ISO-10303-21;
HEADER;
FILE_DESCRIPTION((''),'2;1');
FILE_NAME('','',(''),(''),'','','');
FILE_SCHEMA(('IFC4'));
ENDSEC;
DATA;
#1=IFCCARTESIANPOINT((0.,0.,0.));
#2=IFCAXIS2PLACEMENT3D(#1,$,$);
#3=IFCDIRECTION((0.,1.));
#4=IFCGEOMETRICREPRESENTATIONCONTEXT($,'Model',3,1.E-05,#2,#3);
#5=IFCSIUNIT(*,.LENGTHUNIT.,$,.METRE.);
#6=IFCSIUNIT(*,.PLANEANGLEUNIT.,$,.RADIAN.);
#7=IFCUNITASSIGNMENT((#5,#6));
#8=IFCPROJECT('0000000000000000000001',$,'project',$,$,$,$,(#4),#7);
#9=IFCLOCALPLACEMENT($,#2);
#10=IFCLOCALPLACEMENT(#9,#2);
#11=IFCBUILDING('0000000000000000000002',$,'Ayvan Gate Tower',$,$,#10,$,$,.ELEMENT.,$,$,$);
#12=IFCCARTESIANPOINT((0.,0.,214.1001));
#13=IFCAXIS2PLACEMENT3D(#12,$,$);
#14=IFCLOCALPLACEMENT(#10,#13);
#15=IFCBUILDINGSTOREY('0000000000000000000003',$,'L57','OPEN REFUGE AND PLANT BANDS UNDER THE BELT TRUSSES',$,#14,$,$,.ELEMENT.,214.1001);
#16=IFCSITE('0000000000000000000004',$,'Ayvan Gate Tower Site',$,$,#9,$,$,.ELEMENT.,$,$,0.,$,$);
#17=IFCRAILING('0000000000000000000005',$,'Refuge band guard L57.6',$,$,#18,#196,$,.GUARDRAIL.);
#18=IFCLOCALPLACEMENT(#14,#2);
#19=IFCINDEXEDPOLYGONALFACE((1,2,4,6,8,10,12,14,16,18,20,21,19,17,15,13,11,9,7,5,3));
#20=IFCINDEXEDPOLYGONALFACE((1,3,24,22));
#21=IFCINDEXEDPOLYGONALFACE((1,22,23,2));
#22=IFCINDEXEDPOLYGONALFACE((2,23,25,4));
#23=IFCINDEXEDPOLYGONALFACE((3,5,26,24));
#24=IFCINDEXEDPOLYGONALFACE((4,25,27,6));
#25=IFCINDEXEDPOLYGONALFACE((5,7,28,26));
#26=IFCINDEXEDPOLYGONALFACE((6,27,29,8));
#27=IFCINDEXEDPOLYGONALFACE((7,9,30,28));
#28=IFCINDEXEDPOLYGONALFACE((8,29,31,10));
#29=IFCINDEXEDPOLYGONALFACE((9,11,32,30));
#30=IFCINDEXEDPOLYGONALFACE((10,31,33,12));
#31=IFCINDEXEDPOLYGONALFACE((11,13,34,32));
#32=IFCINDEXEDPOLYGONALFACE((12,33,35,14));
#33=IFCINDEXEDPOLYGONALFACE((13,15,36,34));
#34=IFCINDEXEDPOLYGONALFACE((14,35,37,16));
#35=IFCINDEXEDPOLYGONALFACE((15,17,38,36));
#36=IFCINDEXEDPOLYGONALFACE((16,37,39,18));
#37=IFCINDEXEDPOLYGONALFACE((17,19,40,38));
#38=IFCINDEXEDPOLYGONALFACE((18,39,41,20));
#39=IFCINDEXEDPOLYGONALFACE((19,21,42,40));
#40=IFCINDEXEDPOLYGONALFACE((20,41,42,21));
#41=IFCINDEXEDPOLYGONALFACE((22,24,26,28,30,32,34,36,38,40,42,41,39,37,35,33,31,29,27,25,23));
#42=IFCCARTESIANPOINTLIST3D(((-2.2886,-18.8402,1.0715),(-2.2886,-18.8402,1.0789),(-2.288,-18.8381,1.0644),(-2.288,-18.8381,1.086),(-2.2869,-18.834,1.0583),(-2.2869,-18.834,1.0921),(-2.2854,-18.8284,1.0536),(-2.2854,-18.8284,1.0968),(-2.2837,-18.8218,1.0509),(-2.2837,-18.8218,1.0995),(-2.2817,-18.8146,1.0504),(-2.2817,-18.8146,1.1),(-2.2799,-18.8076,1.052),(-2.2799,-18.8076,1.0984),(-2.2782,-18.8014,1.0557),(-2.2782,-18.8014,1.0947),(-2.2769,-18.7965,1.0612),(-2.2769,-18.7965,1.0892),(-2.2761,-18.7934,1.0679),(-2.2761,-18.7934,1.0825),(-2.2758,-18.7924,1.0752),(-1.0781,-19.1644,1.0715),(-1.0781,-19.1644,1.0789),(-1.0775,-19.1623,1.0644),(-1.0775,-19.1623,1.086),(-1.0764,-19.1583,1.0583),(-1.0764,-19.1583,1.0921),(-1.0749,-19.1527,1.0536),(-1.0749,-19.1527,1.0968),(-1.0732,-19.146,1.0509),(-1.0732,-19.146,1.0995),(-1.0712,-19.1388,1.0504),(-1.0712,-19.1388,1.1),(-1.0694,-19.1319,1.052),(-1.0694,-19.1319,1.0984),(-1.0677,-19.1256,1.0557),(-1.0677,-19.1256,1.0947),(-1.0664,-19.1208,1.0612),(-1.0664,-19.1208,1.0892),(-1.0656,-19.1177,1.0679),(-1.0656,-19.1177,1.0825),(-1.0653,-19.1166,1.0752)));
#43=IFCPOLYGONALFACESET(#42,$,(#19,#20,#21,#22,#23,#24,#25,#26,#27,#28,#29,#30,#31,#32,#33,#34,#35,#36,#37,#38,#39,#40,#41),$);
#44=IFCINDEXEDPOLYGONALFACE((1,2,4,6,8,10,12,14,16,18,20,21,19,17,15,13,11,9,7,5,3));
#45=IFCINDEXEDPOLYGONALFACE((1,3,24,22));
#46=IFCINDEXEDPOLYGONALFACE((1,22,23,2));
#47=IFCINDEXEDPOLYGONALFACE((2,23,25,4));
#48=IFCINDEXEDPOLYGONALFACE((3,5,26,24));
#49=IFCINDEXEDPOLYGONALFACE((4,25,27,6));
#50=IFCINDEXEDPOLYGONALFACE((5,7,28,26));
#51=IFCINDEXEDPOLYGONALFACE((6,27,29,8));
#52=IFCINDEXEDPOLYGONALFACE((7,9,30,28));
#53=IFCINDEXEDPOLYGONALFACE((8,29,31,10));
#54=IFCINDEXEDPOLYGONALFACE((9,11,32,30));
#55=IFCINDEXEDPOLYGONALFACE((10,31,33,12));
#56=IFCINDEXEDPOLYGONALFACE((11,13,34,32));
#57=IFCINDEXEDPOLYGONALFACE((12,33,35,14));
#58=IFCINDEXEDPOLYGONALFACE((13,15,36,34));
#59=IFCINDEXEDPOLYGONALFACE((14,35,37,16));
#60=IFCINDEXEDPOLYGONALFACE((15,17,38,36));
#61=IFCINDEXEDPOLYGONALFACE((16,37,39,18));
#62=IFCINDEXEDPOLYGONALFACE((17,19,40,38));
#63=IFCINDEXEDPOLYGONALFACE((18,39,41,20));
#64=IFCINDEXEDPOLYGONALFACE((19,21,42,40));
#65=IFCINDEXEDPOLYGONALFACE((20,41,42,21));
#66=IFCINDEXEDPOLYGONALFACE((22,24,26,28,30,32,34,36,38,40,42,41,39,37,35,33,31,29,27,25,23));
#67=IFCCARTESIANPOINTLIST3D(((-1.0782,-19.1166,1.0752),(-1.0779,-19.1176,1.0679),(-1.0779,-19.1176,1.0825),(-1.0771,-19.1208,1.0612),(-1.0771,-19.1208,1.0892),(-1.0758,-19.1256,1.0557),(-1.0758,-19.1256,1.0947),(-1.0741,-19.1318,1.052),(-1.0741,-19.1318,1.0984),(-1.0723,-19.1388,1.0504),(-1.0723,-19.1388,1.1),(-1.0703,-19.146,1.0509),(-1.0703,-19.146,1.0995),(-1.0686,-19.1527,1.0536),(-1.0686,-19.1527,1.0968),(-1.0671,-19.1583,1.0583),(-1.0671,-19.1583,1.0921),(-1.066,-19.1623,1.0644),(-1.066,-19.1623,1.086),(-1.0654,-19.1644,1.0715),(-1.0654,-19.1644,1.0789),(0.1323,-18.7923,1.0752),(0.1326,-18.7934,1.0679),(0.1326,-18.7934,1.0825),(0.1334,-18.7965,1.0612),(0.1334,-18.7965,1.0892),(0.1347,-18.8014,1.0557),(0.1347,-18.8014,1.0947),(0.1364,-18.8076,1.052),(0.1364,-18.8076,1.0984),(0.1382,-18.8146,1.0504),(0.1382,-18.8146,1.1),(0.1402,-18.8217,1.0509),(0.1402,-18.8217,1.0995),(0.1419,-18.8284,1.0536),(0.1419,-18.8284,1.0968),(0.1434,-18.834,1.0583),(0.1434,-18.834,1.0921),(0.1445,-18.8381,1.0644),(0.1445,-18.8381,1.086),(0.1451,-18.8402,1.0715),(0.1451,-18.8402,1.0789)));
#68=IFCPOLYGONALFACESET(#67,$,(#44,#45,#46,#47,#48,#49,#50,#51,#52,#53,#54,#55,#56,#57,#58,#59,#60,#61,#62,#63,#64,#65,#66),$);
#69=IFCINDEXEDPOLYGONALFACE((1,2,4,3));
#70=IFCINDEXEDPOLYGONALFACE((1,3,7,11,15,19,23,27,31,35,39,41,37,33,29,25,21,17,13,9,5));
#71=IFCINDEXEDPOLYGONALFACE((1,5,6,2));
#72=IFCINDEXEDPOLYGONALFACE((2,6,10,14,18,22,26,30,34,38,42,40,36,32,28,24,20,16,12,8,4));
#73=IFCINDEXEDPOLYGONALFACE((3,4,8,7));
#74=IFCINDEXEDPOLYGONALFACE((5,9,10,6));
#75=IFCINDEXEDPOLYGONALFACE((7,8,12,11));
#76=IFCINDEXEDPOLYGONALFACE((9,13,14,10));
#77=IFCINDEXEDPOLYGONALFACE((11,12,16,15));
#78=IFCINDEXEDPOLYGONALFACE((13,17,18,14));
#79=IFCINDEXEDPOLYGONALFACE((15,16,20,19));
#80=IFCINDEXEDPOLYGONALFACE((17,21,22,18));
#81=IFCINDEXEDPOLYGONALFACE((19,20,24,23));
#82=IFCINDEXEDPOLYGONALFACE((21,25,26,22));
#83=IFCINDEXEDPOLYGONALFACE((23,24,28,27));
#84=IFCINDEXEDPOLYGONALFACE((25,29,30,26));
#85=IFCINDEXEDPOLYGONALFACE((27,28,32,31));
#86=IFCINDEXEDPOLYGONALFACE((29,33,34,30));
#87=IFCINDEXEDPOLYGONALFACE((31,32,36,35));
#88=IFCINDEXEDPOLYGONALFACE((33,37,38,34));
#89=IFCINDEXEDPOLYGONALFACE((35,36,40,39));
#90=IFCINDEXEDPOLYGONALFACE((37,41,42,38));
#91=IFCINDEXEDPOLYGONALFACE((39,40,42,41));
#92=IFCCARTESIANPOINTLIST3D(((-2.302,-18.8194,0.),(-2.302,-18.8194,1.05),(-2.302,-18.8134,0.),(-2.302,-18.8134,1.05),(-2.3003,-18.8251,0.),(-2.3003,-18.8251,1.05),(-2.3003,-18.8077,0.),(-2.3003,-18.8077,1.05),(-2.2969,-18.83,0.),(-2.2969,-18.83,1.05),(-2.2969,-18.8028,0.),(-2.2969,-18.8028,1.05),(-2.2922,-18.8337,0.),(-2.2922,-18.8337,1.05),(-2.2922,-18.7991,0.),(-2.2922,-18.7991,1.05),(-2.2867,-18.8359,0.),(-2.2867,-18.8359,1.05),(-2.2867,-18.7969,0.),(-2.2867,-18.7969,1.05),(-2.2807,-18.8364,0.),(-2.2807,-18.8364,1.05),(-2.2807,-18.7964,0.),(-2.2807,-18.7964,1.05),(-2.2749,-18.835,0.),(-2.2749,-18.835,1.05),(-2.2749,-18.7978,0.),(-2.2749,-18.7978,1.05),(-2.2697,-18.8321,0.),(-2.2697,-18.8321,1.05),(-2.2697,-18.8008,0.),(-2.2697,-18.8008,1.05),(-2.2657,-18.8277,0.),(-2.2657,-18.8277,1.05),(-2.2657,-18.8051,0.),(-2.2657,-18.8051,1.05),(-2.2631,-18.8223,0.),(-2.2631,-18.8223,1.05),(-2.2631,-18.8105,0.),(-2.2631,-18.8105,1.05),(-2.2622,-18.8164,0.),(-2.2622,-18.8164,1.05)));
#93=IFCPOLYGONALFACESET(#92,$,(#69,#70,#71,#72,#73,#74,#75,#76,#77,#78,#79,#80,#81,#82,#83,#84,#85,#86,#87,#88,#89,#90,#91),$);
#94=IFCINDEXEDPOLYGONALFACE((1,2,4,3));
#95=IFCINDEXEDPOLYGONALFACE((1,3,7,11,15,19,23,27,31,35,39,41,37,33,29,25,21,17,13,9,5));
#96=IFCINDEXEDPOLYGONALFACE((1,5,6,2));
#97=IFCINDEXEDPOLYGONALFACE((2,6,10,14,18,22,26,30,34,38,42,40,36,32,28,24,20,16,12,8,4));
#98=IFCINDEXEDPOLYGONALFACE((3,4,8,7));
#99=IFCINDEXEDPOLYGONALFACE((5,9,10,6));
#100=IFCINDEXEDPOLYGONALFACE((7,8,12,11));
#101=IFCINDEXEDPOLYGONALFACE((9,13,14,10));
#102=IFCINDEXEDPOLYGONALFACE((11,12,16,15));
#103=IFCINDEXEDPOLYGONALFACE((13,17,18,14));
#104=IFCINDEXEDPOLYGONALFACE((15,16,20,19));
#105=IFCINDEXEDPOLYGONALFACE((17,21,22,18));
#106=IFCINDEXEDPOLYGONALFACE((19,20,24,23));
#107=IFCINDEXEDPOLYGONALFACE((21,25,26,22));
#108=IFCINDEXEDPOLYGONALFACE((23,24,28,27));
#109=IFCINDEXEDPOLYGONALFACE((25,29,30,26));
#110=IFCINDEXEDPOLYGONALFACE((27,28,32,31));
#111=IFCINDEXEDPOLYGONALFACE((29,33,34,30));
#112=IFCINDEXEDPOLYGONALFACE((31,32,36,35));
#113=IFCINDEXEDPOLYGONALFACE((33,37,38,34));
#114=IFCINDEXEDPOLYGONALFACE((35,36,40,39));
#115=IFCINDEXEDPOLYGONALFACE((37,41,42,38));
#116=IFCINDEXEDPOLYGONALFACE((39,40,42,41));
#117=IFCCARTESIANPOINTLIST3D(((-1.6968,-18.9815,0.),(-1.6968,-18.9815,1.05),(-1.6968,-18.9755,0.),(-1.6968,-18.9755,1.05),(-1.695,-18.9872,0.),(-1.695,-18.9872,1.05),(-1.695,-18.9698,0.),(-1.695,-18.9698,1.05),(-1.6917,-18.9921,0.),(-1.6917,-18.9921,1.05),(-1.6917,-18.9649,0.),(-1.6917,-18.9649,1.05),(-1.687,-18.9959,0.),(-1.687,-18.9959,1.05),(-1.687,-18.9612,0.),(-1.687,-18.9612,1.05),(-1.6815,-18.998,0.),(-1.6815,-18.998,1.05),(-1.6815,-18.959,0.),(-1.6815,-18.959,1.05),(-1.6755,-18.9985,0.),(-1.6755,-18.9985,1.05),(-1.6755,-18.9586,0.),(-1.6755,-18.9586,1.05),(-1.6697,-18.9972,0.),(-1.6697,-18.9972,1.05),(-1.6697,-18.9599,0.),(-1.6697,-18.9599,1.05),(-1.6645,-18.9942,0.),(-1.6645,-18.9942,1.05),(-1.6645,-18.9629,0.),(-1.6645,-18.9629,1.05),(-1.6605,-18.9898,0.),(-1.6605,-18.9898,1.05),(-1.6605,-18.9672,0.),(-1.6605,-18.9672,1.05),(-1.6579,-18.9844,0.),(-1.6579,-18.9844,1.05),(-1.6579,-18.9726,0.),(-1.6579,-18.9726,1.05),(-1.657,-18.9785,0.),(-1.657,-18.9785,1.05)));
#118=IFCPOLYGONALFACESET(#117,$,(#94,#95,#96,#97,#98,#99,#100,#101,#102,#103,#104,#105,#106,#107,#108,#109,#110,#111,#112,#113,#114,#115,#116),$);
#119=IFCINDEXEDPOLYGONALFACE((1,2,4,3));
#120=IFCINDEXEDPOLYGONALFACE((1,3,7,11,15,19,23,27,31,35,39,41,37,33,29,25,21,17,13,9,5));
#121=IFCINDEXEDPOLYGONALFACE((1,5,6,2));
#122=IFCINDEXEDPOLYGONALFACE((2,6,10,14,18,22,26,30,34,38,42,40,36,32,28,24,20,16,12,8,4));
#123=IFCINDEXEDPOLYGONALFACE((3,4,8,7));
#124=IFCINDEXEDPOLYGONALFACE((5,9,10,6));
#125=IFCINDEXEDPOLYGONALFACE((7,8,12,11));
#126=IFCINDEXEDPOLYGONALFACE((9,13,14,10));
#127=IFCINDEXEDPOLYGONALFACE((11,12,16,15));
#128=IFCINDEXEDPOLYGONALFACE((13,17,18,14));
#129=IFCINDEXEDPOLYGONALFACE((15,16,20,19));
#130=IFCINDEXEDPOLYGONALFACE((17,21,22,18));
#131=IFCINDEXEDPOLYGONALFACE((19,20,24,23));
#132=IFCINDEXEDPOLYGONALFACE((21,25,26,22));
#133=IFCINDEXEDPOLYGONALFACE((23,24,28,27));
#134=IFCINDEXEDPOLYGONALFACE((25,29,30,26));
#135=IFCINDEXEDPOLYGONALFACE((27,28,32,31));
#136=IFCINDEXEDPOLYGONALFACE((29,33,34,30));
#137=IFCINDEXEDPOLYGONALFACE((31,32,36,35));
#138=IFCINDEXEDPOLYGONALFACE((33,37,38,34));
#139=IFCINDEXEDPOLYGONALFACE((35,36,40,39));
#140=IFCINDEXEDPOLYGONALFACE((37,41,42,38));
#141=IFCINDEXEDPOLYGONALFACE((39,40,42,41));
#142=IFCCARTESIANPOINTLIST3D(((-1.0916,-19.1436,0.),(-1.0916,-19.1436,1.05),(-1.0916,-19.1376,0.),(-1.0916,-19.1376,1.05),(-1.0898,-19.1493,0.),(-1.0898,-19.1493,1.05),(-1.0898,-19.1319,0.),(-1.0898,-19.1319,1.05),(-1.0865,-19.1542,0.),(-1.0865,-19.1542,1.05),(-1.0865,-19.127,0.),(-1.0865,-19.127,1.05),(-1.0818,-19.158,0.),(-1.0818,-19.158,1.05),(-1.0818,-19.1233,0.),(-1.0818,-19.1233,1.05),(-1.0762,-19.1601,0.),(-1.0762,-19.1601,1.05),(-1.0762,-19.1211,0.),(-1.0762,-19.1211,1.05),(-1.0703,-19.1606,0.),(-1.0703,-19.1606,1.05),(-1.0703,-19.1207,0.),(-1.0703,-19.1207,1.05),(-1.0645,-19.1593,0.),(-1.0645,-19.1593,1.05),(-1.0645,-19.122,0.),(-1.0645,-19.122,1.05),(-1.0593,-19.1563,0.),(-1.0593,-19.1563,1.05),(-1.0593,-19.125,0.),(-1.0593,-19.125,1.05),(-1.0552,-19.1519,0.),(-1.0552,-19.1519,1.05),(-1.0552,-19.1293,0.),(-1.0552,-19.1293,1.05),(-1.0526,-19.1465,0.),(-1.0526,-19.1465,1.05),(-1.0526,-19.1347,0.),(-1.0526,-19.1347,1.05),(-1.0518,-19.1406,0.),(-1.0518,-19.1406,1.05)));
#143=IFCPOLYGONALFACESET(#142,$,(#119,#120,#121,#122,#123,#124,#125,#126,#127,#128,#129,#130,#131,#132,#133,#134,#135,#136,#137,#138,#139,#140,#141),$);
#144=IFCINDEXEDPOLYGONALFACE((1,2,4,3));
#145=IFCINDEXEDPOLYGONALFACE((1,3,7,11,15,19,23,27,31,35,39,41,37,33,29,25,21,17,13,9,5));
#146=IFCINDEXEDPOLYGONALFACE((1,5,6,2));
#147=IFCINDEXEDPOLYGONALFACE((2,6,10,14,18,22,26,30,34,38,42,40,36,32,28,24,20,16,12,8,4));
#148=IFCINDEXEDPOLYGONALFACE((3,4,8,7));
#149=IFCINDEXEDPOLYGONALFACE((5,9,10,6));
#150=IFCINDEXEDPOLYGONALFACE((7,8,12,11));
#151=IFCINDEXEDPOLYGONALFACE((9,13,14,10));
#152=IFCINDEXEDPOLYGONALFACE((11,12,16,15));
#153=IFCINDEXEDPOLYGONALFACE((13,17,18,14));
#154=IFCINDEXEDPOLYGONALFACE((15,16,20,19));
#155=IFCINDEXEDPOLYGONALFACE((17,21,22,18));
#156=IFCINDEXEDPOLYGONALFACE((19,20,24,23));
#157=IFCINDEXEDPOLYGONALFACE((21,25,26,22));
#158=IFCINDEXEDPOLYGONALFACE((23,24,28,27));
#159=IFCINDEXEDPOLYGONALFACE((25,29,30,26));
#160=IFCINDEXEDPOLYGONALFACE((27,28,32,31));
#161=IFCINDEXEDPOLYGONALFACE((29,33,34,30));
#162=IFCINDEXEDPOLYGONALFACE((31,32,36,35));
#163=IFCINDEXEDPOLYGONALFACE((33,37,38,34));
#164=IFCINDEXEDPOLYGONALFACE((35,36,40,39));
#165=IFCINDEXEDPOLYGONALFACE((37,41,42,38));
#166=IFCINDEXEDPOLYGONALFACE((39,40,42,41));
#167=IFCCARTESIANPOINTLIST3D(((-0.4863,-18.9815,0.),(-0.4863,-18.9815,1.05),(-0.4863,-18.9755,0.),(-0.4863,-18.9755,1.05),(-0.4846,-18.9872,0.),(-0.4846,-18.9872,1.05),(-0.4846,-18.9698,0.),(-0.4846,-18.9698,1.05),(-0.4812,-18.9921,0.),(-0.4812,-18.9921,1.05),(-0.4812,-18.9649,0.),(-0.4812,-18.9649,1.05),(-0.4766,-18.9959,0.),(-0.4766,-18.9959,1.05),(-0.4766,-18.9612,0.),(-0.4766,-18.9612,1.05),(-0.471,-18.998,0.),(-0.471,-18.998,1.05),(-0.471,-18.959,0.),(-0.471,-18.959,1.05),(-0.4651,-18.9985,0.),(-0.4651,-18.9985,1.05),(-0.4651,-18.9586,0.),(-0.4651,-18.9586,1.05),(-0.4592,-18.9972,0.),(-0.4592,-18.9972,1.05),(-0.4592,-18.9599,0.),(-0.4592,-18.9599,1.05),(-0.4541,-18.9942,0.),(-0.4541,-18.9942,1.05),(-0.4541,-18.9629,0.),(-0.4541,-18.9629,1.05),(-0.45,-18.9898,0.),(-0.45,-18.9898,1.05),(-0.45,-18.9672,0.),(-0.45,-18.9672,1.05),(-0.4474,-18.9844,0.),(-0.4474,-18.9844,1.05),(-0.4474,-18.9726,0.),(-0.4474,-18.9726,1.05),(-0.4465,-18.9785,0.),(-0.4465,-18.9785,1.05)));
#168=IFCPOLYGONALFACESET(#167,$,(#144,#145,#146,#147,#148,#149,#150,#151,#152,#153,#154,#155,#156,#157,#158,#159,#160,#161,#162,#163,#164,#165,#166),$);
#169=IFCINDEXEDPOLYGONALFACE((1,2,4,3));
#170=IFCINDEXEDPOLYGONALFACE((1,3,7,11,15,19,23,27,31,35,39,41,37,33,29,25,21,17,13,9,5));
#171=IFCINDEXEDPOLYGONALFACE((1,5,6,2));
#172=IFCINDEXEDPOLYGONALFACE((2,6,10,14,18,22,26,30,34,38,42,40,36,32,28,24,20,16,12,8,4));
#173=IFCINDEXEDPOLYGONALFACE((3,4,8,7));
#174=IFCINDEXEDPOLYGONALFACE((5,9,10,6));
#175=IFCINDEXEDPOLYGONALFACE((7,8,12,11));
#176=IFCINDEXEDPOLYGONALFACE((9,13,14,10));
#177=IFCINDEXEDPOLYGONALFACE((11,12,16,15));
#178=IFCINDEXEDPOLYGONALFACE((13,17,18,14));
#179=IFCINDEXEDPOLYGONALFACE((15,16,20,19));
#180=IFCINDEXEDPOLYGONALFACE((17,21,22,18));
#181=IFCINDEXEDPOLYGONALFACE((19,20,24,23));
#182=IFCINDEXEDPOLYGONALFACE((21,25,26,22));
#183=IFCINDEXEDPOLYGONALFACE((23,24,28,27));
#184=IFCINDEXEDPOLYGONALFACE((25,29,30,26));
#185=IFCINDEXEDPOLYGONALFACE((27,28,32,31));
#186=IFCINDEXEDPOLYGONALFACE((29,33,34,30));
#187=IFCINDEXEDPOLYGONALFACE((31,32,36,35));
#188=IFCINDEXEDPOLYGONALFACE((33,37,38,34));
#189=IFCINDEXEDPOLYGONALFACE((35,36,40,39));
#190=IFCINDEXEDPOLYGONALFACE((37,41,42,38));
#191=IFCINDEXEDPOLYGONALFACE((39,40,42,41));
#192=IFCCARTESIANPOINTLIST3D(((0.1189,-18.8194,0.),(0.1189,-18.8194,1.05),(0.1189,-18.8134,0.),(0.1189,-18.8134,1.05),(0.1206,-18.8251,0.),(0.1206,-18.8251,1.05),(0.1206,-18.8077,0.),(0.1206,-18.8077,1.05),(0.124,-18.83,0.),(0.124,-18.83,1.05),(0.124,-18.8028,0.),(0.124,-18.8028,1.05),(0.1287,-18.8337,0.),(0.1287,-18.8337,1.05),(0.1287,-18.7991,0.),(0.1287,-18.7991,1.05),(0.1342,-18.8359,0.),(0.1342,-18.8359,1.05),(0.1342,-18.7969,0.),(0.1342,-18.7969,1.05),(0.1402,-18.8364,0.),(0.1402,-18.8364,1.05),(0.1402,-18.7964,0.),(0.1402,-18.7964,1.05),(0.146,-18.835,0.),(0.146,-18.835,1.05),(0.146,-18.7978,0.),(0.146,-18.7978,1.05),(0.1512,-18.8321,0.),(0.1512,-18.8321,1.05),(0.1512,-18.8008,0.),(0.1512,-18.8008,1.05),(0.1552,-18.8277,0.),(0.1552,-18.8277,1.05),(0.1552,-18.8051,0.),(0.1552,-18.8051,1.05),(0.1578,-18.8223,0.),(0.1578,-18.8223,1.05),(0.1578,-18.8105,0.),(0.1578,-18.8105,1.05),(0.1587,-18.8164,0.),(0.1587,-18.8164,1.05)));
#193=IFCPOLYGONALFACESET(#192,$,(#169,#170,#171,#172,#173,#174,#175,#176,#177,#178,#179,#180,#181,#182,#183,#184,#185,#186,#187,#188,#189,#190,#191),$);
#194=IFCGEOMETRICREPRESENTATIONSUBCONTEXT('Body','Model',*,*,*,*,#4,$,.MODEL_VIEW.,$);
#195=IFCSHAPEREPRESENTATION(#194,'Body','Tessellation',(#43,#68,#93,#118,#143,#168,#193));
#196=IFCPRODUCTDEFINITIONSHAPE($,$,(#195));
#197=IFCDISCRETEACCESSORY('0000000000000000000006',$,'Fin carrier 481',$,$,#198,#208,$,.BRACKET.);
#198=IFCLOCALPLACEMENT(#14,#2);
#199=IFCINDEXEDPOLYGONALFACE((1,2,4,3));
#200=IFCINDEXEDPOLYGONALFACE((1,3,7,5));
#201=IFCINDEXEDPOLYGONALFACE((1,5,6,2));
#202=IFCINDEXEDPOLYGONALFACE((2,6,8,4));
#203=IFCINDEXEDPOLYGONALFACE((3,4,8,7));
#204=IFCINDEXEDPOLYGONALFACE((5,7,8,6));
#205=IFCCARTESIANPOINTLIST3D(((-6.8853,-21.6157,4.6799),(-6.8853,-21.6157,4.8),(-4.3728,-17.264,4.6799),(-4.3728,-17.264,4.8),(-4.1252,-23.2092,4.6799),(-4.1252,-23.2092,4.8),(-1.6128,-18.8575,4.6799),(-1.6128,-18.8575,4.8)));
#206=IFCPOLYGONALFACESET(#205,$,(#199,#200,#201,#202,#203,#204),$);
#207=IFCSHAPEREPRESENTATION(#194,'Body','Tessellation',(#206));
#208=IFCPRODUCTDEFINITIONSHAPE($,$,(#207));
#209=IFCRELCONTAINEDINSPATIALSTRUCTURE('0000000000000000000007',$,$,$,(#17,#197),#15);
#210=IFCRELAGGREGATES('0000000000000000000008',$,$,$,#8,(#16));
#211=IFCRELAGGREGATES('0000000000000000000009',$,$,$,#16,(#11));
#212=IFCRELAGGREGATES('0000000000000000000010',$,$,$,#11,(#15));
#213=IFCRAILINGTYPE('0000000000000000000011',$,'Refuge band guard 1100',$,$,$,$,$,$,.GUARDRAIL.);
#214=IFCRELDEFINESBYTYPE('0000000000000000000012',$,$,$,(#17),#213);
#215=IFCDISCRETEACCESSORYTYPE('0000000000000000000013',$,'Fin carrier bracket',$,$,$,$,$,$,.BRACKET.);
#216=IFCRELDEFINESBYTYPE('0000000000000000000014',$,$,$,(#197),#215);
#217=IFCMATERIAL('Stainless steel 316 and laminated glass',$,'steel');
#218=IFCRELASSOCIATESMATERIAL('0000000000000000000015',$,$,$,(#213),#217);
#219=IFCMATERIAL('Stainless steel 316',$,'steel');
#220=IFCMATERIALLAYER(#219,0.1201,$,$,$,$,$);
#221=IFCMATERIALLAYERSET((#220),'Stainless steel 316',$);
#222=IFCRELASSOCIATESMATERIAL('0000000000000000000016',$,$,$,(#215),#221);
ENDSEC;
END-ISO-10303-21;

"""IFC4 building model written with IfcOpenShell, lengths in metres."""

from ifc_helpers import new_model, si_unit, direction, frame, origin, origin_2d, place, context, subcontext, project, spatial, rectangle, circle, extrude, material, layer, layer_set, type_object, element, save


model = new_model("IFC4")

# Units and contexts
model_context = context("Model", 3, precision=1e-05, world=origin(), true_north=direction((0.0, 1.0)))
body_context = subcontext(model_context, "Body", "Model", "MODEL_VIEW")
ifc_project = project(units=[si_unit("LENGTHUNIT", "METRE"), si_unit("PLANEANGLEUNIT", "RADIAN")], contexts=[model_context])

# Site, building, storey
site_placement = place(None, origin())
site = spatial("IfcSite", under=ifc_project, at=site_placement, Name="Ayvan Gate Tower Site", CompositionType="ELEMENT", RefElevation=0.0)
building_placement = place(site_placement, origin())
building = spatial("IfcBuilding", under=site, at=building_placement, Name="Ayvan Gate Tower", CompositionType="ELEMENT")
storey_placement = place(building_placement, frame((0.0, 0.0, 214.1001)))
storey = spatial("IfcBuildingStorey", under=building, at=storey_placement, Name="L57", Description="OPEN REFUGE AND PLANT BANDS UNDER THE BELT TRUSSES", CompositionType="ELEMENT", Elevation=214.1001)

# Railing
ifc_material_1 = material(Name="Stainless steel 316 and laminated glass", Category="steel")
railing_type = type_object("IfcRailingType", Name="Refuge band guard 1100", PredefinedType="GUARDRAIL", material=ifc_material_1)
railing_placement = place(storey_placement, frame((-2.2822, -18.8164, 0.0)))
element("IfcRailing", 1, at=railing_placement, inside=storey, type_object=railing_type, Name="Refuge band guard L57.6", PredefinedType="GUARDRAIL", context=body_context, shape_type="SweptSolid", body=[
    extrude(circle(Radius=0.0249, at=origin_2d()), frame((0.0, 0.0, 1.0752), z_axis=(0.96595, -0.25873, 0.0), x_axis=(0.25873, 0.96595, 0.0)), (0.0, 0.0, 1.0), 1.2532),
    extrude(circle(Radius=0.0249, at=origin_2d()), frame((1.2104, -0.3242, 1.0752), z_axis=(0.96595, 0.25873, 0.0), x_axis=(-0.25873, 0.96595, 0.0)), (0.0, 0.0, 1.0), 1.2532),
    extrude(circle(Radius=0.02, at=origin_2d()), origin(), (0.0, 0.0, 1.0), 1.05),
    extrude(circle(Radius=0.02, at=origin_2d()), frame((0.6052, -0.1621, 0.0)), (0.0, 0.0, 1.0), 1.05),
    extrude(circle(Radius=0.02, at=origin_2d()), frame((1.2104, -0.3242, 0.0)), (0.0, 0.0, 1.0), 1.05),
    extrude(circle(Radius=0.02, at=origin_2d()), frame((1.8157, -0.1621, 0.0)), (0.0, 0.0, 1.0), 1.05),
    extrude(circle(Radius=0.02, at=origin_2d()), frame((2.4209, 0.0, 0.0)), (0.0, 0.0, 1.0), 1.05),
])

# Discrete accessory
ifc_material_2 = material(Name="Stainless steel 316", Category="steel")
ifc_layer_1 = layer(ifc_material_2, 0.1201)
ifc_layer_set_1 = layer_set([ifc_layer_1], Name="Stainless steel 316")
discrete_accessory_type_1 = type_object("IfcDiscreteAccessoryType", Name="Fin carrier bracket", PredefinedType="BRACKET", material=ifc_layer_set_1)
discrete_accessory_1_placement = place(storey_placement, frame((-4.249, -20.2366, 4.6799), z_axis=(0.0, 0.0, 1.0), x_axis=(0.866025, -0.5, 0.0)))
element("IfcDiscreteAccessory", 2, at=discrete_accessory_1_placement, inside=storey, type_object=discrete_accessory_type_1, Name="Fin carrier 481", PredefinedType="BRACKET", context=body_context, shape_type="SweptSolid", body=[
    extrude(rectangle(XDim=3.187, YDim=5.0249, at=origin_2d()), origin(), (0.0, 0.0, 1.0), 0.1201),
])

save(model, "model.ifc")
